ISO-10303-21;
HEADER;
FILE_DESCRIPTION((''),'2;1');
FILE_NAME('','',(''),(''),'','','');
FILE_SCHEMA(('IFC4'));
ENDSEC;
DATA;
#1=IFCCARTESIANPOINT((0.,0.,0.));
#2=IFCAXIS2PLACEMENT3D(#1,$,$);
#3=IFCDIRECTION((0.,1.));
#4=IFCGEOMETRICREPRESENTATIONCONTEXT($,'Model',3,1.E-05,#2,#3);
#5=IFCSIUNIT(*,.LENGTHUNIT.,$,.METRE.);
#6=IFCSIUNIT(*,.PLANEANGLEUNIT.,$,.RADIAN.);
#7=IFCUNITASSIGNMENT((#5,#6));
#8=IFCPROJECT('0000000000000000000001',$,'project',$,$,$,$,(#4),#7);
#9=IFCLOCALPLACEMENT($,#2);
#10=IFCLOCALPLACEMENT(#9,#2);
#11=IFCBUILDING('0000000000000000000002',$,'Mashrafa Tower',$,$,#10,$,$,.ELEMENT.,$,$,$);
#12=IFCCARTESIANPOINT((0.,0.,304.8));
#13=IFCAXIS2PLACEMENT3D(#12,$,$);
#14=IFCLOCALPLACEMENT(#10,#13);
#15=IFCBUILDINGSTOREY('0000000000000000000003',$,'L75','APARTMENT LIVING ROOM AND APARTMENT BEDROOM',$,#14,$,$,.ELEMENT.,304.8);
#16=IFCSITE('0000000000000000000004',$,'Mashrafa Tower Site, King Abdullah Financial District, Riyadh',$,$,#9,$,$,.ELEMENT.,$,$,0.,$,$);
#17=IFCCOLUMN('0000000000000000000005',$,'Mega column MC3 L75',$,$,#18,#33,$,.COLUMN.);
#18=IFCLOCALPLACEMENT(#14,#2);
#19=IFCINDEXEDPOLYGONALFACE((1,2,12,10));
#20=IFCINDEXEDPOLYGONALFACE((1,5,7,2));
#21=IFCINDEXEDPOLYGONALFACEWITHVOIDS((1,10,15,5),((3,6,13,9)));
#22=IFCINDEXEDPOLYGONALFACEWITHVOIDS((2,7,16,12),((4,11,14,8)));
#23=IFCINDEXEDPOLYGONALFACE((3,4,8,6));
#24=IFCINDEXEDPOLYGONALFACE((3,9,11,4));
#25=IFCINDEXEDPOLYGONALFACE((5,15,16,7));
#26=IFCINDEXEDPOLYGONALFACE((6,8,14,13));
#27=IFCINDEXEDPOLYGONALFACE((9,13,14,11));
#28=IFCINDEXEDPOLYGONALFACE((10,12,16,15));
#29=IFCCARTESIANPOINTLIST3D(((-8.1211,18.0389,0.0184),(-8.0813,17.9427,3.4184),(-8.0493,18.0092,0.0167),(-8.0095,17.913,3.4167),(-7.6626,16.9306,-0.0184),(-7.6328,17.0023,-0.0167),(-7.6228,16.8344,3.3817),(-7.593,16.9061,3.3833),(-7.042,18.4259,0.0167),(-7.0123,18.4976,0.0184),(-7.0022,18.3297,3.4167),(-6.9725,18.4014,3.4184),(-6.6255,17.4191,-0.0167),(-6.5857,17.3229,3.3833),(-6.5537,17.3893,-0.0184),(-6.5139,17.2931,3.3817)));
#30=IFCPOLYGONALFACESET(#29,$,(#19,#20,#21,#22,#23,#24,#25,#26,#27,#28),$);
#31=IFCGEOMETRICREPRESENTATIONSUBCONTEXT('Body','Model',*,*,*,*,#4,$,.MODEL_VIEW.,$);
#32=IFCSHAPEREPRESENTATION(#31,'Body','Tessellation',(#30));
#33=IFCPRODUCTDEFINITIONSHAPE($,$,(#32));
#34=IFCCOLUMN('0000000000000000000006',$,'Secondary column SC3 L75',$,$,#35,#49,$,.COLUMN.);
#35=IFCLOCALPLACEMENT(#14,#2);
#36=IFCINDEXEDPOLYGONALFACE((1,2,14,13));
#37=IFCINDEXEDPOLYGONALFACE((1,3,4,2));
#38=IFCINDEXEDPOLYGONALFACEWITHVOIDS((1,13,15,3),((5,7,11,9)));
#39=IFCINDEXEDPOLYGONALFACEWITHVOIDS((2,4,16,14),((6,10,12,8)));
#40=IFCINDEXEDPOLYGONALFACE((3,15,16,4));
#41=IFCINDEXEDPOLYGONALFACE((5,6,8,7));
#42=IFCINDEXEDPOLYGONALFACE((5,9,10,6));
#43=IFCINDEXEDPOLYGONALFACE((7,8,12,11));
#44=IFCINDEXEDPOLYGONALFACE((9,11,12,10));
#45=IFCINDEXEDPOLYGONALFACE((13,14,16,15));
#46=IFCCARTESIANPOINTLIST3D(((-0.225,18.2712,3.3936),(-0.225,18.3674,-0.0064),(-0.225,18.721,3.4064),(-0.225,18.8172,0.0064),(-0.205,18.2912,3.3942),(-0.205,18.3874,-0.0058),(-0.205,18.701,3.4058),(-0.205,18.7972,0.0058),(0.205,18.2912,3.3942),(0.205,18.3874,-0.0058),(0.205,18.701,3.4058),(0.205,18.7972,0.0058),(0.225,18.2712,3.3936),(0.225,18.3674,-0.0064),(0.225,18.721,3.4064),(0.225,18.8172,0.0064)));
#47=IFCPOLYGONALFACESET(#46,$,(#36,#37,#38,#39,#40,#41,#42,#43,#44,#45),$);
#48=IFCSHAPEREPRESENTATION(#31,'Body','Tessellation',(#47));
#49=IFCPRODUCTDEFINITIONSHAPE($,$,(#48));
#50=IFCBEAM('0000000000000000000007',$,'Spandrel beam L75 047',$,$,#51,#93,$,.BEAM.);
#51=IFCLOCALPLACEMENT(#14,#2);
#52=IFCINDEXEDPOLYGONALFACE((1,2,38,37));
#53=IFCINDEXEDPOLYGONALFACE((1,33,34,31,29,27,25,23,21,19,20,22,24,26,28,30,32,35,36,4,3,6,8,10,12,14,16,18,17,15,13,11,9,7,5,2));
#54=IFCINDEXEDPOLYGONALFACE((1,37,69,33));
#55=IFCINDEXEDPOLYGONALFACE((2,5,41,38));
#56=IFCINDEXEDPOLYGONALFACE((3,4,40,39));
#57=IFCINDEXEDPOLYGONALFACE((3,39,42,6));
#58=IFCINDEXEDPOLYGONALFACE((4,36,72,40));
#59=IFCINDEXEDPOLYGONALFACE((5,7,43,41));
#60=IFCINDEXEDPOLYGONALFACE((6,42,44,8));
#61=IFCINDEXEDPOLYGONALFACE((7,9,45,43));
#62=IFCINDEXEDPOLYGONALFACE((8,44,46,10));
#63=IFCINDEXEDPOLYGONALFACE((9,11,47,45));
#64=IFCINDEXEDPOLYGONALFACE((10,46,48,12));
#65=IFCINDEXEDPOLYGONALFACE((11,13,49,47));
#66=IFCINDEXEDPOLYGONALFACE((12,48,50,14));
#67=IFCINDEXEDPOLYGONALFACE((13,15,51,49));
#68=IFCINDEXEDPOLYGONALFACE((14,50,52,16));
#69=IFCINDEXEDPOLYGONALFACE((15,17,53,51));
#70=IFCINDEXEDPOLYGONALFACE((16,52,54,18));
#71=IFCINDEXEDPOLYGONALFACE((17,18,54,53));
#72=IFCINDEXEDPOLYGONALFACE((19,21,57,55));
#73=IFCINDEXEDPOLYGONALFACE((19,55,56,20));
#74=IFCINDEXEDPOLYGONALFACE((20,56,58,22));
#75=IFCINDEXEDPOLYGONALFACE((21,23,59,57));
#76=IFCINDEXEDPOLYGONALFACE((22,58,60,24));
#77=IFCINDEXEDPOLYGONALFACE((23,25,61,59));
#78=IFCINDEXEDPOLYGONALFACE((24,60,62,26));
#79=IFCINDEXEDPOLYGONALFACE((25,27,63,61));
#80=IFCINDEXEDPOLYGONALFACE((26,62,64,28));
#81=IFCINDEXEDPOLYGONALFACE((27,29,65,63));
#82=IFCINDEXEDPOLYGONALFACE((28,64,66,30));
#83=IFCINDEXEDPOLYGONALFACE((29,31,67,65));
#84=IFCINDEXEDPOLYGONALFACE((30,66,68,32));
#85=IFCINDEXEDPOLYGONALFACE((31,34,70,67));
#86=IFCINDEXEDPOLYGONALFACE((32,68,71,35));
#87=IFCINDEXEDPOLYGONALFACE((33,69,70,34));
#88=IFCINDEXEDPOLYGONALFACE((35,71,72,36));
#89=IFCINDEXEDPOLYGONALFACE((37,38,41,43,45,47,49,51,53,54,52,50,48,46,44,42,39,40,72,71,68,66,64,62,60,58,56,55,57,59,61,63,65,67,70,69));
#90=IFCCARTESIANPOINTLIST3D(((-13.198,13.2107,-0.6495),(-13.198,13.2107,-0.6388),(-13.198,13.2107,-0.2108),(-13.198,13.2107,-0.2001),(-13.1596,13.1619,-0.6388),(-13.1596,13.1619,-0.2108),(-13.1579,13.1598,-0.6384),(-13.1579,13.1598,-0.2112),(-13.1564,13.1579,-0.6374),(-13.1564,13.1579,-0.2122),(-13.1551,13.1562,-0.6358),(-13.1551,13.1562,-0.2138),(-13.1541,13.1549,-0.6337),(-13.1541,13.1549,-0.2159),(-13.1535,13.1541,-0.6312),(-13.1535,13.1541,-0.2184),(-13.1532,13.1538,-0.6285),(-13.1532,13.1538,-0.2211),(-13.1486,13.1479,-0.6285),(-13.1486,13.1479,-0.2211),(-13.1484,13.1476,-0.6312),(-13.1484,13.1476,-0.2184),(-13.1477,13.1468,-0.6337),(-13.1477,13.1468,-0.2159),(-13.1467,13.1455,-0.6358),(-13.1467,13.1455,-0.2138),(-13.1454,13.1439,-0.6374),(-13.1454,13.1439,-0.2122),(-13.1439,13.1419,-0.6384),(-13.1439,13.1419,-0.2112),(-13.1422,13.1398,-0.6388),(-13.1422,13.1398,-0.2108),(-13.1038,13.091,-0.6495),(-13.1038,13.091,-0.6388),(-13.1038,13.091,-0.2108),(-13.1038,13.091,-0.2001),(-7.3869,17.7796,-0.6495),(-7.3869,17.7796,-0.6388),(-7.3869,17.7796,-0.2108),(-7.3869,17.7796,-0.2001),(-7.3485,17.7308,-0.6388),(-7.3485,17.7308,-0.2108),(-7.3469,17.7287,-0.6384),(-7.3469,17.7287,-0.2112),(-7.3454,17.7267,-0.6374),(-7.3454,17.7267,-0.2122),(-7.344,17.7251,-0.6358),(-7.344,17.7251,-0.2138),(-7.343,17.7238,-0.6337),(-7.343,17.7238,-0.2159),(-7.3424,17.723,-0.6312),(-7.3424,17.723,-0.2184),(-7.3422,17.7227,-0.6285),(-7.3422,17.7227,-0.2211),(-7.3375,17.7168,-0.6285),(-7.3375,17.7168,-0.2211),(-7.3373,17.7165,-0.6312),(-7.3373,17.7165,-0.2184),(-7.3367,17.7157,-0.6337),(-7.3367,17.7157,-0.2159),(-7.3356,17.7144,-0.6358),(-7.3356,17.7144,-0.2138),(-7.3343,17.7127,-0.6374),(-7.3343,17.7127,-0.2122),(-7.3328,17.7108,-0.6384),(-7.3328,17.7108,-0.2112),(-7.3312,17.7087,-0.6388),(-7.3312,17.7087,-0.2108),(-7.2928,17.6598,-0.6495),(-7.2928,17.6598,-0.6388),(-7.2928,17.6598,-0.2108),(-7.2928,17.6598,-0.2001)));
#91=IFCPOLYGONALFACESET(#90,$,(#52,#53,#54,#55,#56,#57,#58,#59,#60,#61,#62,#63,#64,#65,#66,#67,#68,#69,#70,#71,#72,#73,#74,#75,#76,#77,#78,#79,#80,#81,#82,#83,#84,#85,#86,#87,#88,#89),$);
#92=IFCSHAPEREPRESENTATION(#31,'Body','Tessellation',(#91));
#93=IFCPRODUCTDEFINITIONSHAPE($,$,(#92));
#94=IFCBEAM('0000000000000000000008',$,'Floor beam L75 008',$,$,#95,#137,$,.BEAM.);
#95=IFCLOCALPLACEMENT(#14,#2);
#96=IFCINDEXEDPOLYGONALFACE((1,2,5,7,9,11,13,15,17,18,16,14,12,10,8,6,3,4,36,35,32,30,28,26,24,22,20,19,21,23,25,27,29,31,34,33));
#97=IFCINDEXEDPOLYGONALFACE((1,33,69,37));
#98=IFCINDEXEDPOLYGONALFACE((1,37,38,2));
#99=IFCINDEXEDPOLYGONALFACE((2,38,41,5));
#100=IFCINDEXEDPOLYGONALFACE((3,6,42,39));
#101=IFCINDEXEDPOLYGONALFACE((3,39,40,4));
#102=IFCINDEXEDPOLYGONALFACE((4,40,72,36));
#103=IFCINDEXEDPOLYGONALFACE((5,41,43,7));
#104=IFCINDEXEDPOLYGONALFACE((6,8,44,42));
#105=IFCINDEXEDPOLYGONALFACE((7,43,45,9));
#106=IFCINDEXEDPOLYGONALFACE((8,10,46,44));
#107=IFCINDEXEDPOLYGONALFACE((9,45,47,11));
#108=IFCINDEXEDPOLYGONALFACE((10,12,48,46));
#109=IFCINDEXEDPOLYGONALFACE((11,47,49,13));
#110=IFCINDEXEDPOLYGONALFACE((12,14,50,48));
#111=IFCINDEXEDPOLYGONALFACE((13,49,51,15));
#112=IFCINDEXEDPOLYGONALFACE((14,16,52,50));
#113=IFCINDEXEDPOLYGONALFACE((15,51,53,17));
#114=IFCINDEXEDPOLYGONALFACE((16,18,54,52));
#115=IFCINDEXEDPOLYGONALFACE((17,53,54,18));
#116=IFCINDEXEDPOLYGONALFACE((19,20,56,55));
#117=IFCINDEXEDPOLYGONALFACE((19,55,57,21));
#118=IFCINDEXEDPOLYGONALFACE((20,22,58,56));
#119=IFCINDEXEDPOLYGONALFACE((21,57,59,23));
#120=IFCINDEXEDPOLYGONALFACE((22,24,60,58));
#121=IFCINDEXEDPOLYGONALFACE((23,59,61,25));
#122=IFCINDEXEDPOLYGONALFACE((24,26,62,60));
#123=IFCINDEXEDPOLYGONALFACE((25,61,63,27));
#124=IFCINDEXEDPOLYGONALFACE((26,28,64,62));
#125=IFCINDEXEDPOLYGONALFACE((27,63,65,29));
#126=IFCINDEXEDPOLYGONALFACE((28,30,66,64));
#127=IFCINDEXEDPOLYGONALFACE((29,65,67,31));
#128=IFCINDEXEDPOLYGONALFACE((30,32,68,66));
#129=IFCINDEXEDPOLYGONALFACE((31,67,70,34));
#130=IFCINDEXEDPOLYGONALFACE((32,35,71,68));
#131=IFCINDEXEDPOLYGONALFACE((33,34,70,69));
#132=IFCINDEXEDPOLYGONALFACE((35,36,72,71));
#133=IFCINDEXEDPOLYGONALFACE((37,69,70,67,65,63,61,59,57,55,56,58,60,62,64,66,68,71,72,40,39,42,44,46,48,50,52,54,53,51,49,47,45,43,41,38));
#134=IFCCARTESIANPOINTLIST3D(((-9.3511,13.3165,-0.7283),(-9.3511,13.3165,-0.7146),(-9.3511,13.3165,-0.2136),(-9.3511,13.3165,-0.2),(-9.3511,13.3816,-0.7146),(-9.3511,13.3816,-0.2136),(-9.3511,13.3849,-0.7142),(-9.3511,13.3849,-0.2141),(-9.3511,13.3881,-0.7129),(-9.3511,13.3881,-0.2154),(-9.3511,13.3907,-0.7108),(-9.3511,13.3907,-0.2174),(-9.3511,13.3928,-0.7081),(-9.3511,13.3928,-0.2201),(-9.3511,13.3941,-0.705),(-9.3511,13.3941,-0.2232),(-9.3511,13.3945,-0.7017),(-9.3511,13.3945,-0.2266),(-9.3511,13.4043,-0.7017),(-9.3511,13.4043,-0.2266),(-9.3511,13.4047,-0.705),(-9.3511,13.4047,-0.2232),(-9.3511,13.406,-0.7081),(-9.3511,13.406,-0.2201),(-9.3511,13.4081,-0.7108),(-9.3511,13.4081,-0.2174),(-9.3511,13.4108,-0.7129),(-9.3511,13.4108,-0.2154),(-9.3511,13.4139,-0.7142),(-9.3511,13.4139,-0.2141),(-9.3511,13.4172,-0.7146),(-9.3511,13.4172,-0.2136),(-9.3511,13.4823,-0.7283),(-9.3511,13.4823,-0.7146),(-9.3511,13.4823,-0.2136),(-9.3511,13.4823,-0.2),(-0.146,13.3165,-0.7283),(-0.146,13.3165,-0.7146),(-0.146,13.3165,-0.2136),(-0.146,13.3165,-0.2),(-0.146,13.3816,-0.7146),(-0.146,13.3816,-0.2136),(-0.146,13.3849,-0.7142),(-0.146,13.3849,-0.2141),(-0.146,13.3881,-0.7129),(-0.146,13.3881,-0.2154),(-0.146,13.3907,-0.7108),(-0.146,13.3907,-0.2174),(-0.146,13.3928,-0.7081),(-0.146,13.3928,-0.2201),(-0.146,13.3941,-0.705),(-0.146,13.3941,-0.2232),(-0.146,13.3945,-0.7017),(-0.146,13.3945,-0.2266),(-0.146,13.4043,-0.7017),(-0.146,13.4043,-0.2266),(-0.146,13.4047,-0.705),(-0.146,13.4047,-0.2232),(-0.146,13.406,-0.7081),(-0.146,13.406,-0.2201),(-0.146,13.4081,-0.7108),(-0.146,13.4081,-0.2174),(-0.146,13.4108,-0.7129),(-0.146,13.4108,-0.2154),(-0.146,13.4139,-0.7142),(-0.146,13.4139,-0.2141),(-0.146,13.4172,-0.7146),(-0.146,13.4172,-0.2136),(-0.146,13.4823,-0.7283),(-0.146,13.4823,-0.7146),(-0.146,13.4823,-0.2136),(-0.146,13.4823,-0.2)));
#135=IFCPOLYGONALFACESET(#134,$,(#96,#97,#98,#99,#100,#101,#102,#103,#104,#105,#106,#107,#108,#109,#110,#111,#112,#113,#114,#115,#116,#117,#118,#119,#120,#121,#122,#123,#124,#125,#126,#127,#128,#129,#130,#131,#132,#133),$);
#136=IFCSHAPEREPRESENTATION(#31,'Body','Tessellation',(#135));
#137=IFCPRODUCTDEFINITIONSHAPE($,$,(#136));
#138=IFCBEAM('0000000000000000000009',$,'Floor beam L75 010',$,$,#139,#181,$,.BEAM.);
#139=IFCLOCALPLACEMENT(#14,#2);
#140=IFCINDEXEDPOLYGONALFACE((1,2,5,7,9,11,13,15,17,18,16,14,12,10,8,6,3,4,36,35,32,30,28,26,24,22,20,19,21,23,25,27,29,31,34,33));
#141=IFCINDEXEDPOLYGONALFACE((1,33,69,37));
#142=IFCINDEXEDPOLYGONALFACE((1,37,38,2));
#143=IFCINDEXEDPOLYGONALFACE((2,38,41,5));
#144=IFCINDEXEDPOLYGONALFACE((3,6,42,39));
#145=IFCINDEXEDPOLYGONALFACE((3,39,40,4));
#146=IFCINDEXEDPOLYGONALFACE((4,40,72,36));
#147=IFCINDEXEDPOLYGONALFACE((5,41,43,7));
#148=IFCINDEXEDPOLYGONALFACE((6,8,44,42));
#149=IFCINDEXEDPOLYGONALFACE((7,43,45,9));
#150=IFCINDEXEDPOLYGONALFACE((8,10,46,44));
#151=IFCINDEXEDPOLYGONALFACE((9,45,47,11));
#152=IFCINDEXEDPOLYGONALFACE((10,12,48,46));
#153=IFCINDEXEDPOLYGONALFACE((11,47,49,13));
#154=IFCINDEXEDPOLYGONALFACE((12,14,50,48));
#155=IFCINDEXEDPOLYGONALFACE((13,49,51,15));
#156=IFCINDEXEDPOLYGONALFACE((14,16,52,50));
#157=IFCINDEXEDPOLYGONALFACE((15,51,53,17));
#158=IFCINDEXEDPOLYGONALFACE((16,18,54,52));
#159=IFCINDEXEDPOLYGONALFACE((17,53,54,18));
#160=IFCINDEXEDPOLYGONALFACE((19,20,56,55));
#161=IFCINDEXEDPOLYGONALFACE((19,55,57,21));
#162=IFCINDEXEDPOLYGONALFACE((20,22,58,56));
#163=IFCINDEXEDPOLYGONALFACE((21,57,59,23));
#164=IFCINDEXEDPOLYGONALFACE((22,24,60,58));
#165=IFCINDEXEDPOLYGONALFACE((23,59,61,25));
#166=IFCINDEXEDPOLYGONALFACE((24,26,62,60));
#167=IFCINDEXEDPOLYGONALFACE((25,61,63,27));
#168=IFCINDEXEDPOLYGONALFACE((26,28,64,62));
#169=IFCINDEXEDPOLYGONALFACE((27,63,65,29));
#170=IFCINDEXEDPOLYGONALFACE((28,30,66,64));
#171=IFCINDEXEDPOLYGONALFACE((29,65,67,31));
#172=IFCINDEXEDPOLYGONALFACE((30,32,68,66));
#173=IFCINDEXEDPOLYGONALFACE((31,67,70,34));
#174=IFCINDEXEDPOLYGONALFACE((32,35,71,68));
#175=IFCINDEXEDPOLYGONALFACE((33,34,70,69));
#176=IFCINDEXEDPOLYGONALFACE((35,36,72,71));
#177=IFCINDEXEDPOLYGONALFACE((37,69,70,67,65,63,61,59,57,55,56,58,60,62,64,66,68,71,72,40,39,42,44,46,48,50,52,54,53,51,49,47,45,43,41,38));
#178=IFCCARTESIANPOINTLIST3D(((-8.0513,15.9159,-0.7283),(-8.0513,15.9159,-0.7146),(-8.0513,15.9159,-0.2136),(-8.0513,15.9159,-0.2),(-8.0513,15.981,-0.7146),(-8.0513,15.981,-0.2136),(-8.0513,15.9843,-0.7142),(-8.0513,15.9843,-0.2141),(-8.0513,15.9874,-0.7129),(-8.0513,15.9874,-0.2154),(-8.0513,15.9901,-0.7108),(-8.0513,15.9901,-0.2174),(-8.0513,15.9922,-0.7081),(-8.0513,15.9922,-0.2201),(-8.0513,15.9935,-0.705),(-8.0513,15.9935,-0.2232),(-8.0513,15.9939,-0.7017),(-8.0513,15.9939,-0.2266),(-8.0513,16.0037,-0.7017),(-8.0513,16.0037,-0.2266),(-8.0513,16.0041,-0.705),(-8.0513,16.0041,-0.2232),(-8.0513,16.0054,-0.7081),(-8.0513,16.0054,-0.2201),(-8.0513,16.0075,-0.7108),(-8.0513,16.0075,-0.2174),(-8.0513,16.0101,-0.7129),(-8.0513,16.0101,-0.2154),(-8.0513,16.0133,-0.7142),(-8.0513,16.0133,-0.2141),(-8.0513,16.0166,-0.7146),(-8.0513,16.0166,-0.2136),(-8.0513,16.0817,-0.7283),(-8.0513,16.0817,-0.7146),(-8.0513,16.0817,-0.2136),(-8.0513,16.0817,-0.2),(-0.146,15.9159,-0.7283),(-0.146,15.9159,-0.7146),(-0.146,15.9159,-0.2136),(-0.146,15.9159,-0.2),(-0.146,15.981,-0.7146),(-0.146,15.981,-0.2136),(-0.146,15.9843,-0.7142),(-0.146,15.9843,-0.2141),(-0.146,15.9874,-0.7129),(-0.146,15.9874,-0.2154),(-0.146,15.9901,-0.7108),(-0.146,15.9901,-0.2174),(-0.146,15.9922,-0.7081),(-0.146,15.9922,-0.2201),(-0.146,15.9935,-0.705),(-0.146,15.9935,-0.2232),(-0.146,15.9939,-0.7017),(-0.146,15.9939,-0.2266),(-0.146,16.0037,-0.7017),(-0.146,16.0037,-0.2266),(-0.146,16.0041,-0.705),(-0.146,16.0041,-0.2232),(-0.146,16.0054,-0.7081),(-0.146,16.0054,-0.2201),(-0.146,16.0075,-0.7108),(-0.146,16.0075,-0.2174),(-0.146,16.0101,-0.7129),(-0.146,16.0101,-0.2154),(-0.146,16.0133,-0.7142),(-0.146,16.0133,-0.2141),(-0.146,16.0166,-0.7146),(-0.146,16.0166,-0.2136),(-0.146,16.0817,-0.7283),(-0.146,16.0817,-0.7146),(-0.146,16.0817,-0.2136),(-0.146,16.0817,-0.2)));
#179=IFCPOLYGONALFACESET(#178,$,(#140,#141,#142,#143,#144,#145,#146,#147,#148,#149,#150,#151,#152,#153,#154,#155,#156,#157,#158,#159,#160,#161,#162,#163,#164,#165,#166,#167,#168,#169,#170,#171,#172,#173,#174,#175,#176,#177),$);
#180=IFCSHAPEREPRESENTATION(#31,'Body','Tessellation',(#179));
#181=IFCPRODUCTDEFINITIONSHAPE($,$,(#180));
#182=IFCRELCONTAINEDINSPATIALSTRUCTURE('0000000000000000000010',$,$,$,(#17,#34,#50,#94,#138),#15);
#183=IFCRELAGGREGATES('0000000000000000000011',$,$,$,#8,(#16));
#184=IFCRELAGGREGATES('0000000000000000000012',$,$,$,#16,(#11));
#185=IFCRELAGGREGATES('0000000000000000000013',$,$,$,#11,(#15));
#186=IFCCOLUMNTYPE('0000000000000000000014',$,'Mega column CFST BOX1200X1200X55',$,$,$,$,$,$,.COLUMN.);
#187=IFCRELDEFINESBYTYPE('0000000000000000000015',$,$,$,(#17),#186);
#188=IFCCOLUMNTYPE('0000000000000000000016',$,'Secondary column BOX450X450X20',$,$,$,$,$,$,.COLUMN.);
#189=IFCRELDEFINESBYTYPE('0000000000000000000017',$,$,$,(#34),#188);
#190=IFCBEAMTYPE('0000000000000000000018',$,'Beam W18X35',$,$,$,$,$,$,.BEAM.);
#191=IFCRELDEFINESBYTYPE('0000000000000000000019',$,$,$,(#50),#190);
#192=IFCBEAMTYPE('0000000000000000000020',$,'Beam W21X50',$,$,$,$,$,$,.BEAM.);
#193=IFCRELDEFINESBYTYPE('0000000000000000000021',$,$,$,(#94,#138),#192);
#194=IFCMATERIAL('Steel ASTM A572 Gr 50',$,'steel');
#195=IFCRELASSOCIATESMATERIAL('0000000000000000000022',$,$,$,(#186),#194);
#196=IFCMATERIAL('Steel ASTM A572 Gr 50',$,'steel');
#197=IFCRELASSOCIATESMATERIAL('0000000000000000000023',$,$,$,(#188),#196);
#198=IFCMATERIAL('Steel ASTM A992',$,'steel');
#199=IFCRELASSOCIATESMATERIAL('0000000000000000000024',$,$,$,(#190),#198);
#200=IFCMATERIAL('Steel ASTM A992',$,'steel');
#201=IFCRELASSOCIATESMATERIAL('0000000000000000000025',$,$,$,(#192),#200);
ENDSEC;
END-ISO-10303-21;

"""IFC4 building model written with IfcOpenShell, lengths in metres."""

from ifc_helpers import new_model, si_unit, direction, frame, origin, origin_2d, place, context, subcontext, project, spatial, hollow_rectangle, i_section, extrude, material, material_profile, profile_set, type_object, element, save


model = new_model("IFC4")

# Units and contexts
model_context = context("Model", 3, precision=1e-05, world=origin(), true_north=direction((0.0, 1.0)))
body_context = subcontext(model_context, "Body", "Model", "MODEL_VIEW")
ifc_project = project(units=[si_unit("LENGTHUNIT", "METRE"), si_unit("PLANEANGLEUNIT", "RADIAN")], contexts=[model_context])

# Site, building, storey
site_placement = place(None, origin())
site = spatial("IfcSite", under=ifc_project, at=site_placement, Name="Mashrafa Tower Site, King Abdullah Financial District, Riyadh", CompositionType="ELEMENT", RefElevation=0.0)
building_placement = place(site_placement, origin())
building = spatial("IfcBuilding", under=site, at=building_placement, Name="Mashrafa Tower", CompositionType="ELEMENT")
storey_placement = place(building_placement, frame((0.0, 0.0, 304.8)))
storey = spatial("IfcBuildingStorey", under=building, at=storey_placement, Name="L75", Description="APARTMENT LIVING ROOM AND APARTMENT BEDROOM", CompositionType="ELEMENT", Elevation=304.8)

# Columns
ifc_material_1 = material(Name="Steel ASTM A572 Gr 50", Category="steel")
ifc_material_profile_1 = material_profile(ifc_material_1, hollow_rectangle(XDim=1.2, YDim=1.2, WallThickness=0.0549, at=origin_2d()), Name="BOX1200X1200X55")
ifc_profile_set_1 = profile_set([ifc_material_profile_1], Name="Steel ASTM A572 Gr 50")
column_type_1 = type_object("IfcColumnType", Name="Mega column CFST BOX1200X1200X55", PredefinedType="COLUMN", material=ifc_profile_set_1)
column_1_placement = place(storey_placement, frame((-7.3374, 17.7141, 0.0), z_axis=(0.011699, -0.028279, 0.999532), x_axis=(0.924045, 0.382283, 0.0)))
element("IfcColumn", 1, at=column_1_placement, inside=storey, type_object=column_type_1, Name="Mega column MC3 L75", PredefinedType="COLUMN", context=body_context, shape_type="SweptSolid", body=[
    extrude(hollow_rectangle(XDim=1.2, YDim=1.2, WallThickness=0.0549, at=origin_2d()), origin(), (0.0, 0.0, 1.0), 3.4016),
])
ifc_material_2 = material(Name="Steel ASTM A572 Gr 50", Category="steel")
ifc_material_profile_2 = material_profile(ifc_material_2, hollow_rectangle(XDim=0.45, YDim=0.45, WallThickness=0.02, at=origin_2d()), Name="BOX450X450X20")
ifc_profile_set_2 = profile_set([ifc_material_profile_2], Name="Steel ASTM A572 Gr 50")
column_type_2 = type_object("IfcColumnType", Name="Secondary column BOX450X450X20", PredefinedType="COLUMN", material=ifc_profile_set_2)
column_2_placement = place(storey_placement, frame((0.0, 18.5923, 0.0), z_axis=(0.0, -0.028281, 0.9996), x_axis=(1.0, 0.0, 0.0)))
element("IfcColumn", 2, at=column_2_placement, inside=storey, type_object=column_type_2, Name="Secondary column SC3 L75", PredefinedType="COLUMN", context=body_context, shape_type="SweptSolid", body=[
    extrude(hollow_rectangle(XDim=0.45, YDim=0.45, WallThickness=0.02, at=origin_2d()), origin(), (0.0, 0.0, 1.0), 3.4014),
])

# Beams
ifc_material_3 = material(Name="Steel ASTM A992", Category="steel")
ifc_material_profile_3 = material_profile(ifc_material_3, i_section(OverallWidth=0.1523, OverallDepth=0.4495, WebThickness=0.0076, FlangeThickness=0.0107, FilletRadius=0.0103, at=origin_2d()), Name="W18X35")
ifc_profile_set_3 = profile_set([ifc_material_profile_3], Name="Steel ASTM A992")
beam_type_1 = type_object("IfcBeamType", Name="Beam W18X35", PredefinedType="BEAM", material=ifc_profile_set_3)
beam_1_placement = place(storey_placement, frame((-7.3398, 17.7197, -0.4248), z_axis=(-0.786119, -0.618075, 0.0), x_axis=(0.618075, -0.786119, 0.0)))
element("IfcBeam", 3, at=beam_1_placement, inside=storey, type_object=beam_type_1, Name="Spandrel beam L75 047", PredefinedType="BEAM", context=body_context, shape_type="SweptSolid", body=[
    extrude(i_section(OverallWidth=0.1523, OverallDepth=0.4495, WebThickness=0.0076, FlangeThickness=0.0107, FilletRadius=0.0103, at=origin_2d()), origin(), (0.0, 0.0, 1.0), 7.3921),
])
ifc_material_4 = material(Name="Steel ASTM A992", Category="steel")
ifc_material_profile_4 = material_profile(ifc_material_4, i_section(OverallWidth=0.1658, OverallDepth=0.5283, WebThickness=0.0098, FlangeThickness=0.0137, FilletRadius=0.0129, at=origin_2d()), Name="W21X50")
ifc_profile_set_4 = profile_set([ifc_material_profile_4], Name="Steel ASTM A992")
beam_type_2 = type_object("IfcBeamType", Name="Beam W21X50", PredefinedType="BEAM", material=ifc_profile_set_4)
beam_2_placement = place(storey_placement, frame((-9.3511, 13.3994, -0.4641), z_axis=(1.0, 0.0, 0.0), x_axis=(0.0, 1.0, 0.0)))
element("IfcBeam", 4, at=beam_2_placement, inside=storey, type_object=beam_type_2, Name="Floor beam L75 008", PredefinedType="BEAM", context=body_context, shape_type="SweptSolid", body=[
    extrude(i_section(OverallWidth=0.1658, OverallDepth=0.5283, WebThickness=0.0098, FlangeThickness=0.0137, FilletRadius=0.0129, at=origin_2d()), origin(), (0.0, 0.0, 1.0), 9.2051),
])
beam_3_placement = place(storey_placement, frame((-8.0513, 15.9988, -0.4641), z_axis=(1.0, 0.0, 0.0), x_axis=(0.0, 1.0, 0.0)))
element("IfcBeam", 5, at=beam_3_placement, inside=storey, type_object=beam_type_2, Name="Floor beam L75 010", PredefinedType="BEAM", context=body_context, shape_type="SweptSolid", body=[
    extrude(i_section(OverallWidth=0.1658, OverallDepth=0.5283, WebThickness=0.0098, FlangeThickness=0.0137, FilletRadius=0.0129, at=origin_2d()), origin(), (0.0, 0.0, 1.0), 7.9053),
])

save(model, "model.ifc")
